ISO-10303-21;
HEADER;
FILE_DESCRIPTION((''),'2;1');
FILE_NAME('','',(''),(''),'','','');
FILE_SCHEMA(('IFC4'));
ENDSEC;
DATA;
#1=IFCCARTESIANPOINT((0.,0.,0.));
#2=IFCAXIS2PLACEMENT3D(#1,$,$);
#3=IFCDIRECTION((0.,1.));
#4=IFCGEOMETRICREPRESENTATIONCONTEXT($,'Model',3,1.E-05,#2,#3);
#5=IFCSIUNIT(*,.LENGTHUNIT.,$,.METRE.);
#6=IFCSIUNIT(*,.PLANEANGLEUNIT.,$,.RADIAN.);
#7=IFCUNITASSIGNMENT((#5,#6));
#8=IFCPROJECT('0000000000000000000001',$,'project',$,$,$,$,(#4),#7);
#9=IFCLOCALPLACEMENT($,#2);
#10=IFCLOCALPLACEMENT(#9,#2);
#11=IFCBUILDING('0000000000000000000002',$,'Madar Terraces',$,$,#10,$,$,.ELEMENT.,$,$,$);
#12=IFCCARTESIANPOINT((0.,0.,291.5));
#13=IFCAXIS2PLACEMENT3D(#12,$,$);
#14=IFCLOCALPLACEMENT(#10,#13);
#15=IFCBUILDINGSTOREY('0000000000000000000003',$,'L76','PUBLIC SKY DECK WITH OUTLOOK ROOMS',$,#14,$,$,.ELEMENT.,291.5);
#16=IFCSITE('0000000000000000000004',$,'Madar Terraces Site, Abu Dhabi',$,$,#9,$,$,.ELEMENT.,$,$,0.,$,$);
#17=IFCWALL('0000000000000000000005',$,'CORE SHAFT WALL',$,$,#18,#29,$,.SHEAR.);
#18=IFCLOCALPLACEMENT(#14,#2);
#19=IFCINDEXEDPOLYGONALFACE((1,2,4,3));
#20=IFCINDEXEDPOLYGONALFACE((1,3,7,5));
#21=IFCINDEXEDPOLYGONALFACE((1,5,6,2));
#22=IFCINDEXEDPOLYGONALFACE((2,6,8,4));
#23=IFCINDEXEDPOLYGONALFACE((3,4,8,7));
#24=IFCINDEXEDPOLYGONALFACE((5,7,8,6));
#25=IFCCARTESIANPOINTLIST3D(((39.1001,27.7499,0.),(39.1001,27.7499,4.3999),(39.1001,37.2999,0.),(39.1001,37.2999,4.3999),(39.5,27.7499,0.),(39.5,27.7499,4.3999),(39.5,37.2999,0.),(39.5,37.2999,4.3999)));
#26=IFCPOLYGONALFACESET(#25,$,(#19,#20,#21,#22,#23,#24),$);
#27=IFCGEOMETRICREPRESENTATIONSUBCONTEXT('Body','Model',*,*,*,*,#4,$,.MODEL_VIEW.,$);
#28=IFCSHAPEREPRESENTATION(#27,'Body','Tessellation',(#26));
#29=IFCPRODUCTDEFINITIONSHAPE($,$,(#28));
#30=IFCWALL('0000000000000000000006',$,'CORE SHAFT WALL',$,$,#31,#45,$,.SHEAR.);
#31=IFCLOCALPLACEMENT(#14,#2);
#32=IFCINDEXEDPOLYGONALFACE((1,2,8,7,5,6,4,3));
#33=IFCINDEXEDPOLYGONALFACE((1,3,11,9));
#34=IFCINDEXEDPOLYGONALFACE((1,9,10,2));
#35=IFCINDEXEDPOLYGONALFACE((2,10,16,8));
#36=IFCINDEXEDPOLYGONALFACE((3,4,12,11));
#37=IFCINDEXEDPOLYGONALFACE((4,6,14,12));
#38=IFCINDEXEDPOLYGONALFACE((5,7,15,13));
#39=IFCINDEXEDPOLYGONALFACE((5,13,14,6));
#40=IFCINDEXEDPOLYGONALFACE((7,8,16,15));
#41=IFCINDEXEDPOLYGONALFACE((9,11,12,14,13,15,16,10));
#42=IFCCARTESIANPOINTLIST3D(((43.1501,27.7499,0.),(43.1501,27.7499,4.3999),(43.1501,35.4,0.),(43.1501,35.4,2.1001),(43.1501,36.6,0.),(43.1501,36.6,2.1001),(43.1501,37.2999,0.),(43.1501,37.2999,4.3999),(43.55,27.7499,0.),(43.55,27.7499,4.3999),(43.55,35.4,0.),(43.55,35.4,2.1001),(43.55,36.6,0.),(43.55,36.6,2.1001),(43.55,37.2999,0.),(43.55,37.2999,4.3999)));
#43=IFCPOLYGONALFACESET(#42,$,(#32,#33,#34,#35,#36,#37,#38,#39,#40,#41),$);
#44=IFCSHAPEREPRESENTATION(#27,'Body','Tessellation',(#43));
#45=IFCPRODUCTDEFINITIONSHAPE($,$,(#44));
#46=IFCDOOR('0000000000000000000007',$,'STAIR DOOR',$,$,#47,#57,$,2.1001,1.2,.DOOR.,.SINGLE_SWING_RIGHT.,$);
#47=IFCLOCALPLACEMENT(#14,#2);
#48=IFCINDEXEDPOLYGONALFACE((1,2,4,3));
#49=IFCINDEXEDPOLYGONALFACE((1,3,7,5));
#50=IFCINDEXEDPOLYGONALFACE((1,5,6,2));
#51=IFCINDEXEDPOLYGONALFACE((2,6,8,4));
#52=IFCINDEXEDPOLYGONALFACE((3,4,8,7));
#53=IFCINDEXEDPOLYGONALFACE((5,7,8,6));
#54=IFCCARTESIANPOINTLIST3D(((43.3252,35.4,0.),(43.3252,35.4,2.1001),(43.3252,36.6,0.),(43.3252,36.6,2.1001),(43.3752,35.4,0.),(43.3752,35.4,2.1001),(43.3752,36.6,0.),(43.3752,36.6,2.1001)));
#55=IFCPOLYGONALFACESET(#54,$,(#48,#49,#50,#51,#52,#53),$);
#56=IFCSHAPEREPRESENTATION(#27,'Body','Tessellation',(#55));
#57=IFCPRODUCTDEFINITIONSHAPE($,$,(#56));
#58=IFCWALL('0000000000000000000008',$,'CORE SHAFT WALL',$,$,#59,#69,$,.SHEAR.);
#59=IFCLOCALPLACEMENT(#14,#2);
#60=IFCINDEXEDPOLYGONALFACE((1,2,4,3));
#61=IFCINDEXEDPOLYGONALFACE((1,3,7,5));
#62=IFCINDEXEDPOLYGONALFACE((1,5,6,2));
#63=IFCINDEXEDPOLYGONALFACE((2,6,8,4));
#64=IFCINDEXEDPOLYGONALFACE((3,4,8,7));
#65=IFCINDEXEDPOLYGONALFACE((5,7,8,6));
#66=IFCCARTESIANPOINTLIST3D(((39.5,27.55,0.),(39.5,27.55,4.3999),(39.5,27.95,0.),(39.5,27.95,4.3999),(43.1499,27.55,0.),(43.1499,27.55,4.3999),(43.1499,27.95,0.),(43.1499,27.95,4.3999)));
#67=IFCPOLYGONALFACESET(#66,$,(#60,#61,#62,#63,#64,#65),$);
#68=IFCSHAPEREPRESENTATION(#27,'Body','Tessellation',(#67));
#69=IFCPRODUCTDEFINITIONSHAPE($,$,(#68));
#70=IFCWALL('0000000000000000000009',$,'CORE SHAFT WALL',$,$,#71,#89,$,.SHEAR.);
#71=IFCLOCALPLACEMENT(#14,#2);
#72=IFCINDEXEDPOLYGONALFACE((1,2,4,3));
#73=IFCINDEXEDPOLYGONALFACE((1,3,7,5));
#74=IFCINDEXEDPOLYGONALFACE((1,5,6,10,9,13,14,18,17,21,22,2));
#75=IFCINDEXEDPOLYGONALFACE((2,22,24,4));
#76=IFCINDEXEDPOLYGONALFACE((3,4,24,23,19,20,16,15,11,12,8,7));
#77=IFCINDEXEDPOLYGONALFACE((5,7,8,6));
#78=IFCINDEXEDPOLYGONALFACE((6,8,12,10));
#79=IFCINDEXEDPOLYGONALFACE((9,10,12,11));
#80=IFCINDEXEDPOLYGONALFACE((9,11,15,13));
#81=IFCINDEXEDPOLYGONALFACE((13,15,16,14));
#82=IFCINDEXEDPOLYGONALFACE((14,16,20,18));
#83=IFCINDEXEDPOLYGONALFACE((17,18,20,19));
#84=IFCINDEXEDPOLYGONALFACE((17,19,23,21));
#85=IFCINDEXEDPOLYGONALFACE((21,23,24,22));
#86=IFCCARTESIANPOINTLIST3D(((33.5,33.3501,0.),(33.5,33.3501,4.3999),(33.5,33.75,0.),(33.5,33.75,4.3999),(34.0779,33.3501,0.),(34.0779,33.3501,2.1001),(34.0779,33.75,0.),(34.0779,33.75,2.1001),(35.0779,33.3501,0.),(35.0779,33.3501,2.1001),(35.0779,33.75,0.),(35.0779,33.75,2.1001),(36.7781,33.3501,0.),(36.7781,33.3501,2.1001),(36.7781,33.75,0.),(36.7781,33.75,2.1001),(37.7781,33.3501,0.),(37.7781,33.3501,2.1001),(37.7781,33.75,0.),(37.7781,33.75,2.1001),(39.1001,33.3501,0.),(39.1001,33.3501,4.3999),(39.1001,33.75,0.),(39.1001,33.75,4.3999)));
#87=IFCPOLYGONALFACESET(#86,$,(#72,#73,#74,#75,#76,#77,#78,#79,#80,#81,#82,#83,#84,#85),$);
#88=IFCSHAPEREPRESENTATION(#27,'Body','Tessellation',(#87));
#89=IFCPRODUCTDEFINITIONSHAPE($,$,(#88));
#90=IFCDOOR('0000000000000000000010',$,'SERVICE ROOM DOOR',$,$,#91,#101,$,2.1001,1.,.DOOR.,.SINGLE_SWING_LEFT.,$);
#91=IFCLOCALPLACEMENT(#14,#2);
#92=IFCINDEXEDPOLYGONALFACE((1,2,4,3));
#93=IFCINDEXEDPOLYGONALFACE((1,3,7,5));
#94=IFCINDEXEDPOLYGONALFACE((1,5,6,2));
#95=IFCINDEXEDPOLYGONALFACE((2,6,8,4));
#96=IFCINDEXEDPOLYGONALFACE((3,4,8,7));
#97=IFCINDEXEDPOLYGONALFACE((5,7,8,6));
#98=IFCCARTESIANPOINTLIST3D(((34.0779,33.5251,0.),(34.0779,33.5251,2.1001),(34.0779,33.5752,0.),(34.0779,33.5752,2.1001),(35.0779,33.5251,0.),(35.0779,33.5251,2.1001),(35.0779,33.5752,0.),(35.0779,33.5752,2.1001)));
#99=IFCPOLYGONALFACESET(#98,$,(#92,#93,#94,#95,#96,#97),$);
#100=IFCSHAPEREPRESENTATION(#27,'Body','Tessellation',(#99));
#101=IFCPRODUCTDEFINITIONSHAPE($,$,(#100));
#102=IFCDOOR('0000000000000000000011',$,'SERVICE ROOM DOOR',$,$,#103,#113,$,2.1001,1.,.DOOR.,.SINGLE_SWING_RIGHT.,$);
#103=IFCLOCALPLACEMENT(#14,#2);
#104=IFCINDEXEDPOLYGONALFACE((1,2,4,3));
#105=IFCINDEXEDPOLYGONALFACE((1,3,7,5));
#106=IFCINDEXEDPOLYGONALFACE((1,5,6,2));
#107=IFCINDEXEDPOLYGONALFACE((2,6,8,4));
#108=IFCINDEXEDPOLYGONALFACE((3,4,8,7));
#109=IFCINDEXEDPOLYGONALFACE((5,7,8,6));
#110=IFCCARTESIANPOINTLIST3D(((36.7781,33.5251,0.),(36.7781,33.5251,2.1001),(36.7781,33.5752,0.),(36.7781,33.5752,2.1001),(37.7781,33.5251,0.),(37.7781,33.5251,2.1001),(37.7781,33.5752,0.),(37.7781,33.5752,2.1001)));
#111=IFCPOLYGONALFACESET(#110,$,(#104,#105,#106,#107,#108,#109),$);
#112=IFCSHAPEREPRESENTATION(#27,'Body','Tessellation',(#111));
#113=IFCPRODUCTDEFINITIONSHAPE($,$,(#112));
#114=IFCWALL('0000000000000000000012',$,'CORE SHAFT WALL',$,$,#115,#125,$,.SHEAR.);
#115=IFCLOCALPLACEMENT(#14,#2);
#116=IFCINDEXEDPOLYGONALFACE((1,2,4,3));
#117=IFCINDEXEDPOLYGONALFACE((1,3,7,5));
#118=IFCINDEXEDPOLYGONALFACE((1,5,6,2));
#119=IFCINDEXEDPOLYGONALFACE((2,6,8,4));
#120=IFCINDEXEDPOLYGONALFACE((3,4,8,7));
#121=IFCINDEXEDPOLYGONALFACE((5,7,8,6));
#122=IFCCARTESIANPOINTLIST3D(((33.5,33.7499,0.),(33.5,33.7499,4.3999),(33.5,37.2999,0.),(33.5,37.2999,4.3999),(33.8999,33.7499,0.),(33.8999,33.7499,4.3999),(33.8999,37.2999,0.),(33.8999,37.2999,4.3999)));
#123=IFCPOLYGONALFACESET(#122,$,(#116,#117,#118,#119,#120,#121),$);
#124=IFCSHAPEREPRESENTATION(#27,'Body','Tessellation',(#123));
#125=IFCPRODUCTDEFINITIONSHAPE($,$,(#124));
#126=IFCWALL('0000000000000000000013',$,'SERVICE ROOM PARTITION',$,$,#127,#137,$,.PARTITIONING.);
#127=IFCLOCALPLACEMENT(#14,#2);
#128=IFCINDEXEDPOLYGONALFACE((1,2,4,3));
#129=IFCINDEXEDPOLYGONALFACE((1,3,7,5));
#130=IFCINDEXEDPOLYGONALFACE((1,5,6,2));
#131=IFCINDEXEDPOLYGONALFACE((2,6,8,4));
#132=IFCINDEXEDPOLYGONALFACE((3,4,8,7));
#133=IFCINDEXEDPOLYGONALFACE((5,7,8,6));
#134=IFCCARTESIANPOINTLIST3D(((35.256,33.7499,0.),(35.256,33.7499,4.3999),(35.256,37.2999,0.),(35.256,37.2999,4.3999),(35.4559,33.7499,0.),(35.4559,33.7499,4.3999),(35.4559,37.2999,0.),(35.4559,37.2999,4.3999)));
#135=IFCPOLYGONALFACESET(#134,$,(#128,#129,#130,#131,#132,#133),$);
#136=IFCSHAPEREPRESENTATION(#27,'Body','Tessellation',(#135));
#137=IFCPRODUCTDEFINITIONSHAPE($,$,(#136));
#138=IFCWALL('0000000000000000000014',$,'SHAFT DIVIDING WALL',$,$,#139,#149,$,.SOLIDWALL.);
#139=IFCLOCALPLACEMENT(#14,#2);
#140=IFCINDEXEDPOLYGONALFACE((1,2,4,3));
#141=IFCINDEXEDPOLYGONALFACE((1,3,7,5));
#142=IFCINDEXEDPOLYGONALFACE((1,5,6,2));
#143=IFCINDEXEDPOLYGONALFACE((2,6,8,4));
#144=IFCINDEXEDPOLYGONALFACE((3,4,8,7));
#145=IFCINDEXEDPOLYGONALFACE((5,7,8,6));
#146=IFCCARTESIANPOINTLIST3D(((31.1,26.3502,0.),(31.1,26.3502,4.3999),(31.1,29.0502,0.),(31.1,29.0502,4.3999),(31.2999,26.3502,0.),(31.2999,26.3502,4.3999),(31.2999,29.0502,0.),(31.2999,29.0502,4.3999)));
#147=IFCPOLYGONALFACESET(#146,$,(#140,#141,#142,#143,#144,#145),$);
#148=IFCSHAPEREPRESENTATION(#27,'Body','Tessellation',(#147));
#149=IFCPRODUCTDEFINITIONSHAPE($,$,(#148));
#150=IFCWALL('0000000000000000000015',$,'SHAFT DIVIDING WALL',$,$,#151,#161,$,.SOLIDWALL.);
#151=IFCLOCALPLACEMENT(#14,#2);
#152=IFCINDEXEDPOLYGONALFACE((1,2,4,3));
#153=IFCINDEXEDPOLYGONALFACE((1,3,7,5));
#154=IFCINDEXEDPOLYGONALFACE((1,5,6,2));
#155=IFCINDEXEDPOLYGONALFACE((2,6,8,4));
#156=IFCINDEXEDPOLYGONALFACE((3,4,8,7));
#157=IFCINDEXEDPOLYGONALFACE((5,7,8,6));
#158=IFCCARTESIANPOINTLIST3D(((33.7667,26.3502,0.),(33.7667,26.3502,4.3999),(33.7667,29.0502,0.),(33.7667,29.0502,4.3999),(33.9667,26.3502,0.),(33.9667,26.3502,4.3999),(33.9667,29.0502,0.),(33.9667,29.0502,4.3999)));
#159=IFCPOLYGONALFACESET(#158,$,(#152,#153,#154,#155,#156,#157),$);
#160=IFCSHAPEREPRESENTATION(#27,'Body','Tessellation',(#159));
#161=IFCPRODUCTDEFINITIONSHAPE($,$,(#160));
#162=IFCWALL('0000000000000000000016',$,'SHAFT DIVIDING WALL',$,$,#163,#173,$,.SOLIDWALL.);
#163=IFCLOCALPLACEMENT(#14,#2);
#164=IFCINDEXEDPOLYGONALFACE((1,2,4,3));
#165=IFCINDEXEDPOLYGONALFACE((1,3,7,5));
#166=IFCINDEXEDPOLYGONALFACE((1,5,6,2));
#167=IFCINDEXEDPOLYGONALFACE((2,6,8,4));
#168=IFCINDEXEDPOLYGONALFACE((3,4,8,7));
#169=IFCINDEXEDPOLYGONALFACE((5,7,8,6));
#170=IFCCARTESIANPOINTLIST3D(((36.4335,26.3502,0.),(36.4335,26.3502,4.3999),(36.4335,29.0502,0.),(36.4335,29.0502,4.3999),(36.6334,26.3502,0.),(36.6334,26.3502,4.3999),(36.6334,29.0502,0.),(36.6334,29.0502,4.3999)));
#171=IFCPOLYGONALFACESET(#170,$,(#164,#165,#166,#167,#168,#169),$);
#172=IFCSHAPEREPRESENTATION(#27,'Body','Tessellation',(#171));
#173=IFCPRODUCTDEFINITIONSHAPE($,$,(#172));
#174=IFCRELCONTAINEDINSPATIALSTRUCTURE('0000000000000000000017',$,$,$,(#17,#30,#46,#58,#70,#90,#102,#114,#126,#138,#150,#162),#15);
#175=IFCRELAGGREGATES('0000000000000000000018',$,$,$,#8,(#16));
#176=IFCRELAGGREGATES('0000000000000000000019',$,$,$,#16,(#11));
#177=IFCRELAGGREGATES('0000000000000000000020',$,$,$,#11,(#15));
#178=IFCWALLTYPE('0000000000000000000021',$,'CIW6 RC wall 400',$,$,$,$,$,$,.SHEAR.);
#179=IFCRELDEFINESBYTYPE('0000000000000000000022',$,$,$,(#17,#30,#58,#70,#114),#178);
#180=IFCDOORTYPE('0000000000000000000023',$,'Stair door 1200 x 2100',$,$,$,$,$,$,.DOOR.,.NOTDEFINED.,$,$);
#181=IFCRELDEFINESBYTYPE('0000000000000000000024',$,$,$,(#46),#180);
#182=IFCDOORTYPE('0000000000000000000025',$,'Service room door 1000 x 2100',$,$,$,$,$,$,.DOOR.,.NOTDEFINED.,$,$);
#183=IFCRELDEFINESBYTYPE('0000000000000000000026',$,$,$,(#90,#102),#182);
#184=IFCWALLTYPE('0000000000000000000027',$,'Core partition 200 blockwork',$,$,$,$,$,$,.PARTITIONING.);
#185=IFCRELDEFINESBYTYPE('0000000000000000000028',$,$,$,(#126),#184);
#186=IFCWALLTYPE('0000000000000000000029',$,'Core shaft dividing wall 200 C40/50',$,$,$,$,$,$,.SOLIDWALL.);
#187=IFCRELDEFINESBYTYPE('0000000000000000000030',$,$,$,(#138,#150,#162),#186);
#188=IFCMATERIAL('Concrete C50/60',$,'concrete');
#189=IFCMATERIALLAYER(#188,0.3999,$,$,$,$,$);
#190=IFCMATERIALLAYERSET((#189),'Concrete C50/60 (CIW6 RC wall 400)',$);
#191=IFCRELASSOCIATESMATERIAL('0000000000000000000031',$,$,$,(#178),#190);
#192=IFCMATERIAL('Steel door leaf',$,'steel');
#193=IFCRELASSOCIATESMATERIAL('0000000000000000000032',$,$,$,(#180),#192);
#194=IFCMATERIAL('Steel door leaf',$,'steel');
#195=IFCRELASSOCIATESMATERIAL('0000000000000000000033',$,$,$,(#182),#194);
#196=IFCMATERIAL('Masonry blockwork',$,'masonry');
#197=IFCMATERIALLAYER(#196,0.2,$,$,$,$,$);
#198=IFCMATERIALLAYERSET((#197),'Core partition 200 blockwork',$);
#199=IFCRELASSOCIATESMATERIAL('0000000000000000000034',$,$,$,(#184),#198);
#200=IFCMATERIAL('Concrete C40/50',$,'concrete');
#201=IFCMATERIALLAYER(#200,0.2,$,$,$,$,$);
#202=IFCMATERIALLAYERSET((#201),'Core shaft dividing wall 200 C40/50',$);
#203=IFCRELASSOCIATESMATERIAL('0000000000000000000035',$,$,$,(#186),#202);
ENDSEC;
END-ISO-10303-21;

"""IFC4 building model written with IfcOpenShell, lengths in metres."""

from ifc_helpers import new_model, si_unit, direction, frame, frame_2d, origin, place, context, subcontext, project, spatial, rectangle, extrude, material, layer, layer_set, type_object, element, fill, save


model = new_model("IFC4")

# Units and contexts
model_context = context("Model", 3, precision=1e-05, world=origin(), true_north=direction((0.0, 1.0)))
body_context = subcontext(model_context, "Body", "Model", "MODEL_VIEW")
ifc_project = project(units=[si_unit("LENGTHUNIT", "METRE"), si_unit("PLANEANGLEUNIT", "RADIAN")], contexts=[model_context])

# Site, building, storey
site_placement = place(None, origin())
site = spatial("IfcSite", under=ifc_project, at=site_placement, Name="Madar Terraces Site, Abu Dhabi", CompositionType="ELEMENT", RefElevation=0.0)
building_placement = place(site_placement, origin())
building = spatial("IfcBuilding", under=site, at=building_placement, Name="Madar Terraces", CompositionType="ELEMENT")
storey_placement = place(building_placement, frame((0.0, 0.0, 291.5)))
storey = spatial("IfcBuildingStorey", under=building, at=storey_placement, Name="L76", Description="PUBLIC SKY DECK WITH OUTLOOK ROOMS", CompositionType="ELEMENT", Elevation=291.5)

# Wall
ifc_material_1 = material(Name="Concrete C50/60", Category="concrete")
ifc_layer_1 = layer(ifc_material_1, 0.3999)
ifc_layer_set_1 = layer_set([ifc_layer_1], Name="Concrete C50/60 (CIW6 RC wall 400)")
wall_type_1 = type_object("IfcWallType", Name="CIW6 RC wall 400", PredefinedType="SHEAR", material=ifc_layer_set_1)
wall_1_placement = place(storey_placement, frame((39.3, 27.75, 0.0), z_axis=(0.0, 0.0, 1.0), x_axis=(0.0, 1.0, 0.0)))
element("IfcWall", 1, at=wall_1_placement, inside=storey, type_object=wall_type_1, Name="CORE SHAFT WALL", PredefinedType="SHEAR", context=body_context, shape_type="SweptSolid", body=[
    extrude(rectangle(XDim=9.55, YDim=0.3999, at=frame_2d((4.7749, 0.0))), origin(), (0.0, 0.0, 1.0), 4.3999),
])

# Wall, opening, door
wall_2_placement = place(storey_placement, frame((43.3501, 27.75, 0.0), z_axis=(0.0, 0.0, 1.0), x_axis=(0.0, 1.0, 0.0)))
wall_2 = element("IfcWall", 2, at=wall_2_placement, inside=storey, type_object=wall_type_1, Name="CORE SHAFT WALL", PredefinedType="SHEAR", context=body_context, shape_type="SweptSolid", body=[
    extrude(rectangle(XDim=9.55, YDim=0.3999, at=frame_2d((4.7749, 0.0))), origin(), (0.0, 0.0, 1.0), 4.3999),
])
opening_1_placement = place(wall_2_placement, frame((7.6499, 0.0, 0.0)))
opening_1 = element("IfcOpeningElement", 3, at=opening_1_placement, cuts=wall_2, PredefinedType="OPENING", context=body_context, shape_type="SweptSolid", body=[
    extrude(rectangle(XDim=1.2, YDim=2.1001, at=frame_2d((0.6001, 1.05))), frame((0.0, 0.21, 0.0), z_axis=(0.0, -1.0, 0.0), x_axis=(1.0, 0.0, 0.0)), (0.0, 0.0, 1.0), 0.4199),
])
ifc_material_2 = material(Name="Steel door leaf", Category="steel")
door_type_1 = type_object("IfcDoorType", Name="Stair door 1200 x 2100", OperationType="NOTDEFINED", PredefinedType="DOOR", material=ifc_material_2)
door_1_placement = place(opening_1_placement, origin())
door_1 = element("IfcDoor", 4, at=door_1_placement, inside=storey, type_object=door_type_1, Name="STAIR DOOR", OperationType="SINGLE_SWING_RIGHT", OverallHeight=2.1001, OverallWidth=1.2, PredefinedType="DOOR", context=body_context, shape_type="SweptSolid", body=[
    extrude(rectangle(XDim=1.2, YDim=2.1001, at=frame_2d((0.6001, 1.05))), frame((0.0, 0.0249, 0.0), z_axis=(0.0, -1.0, 0.0), x_axis=(1.0, 0.0, 0.0)), (0.0, 0.0, 1.0), 0.05),
])
fill(opening_1, door_1)

# Wall
wall_3_placement = place(storey_placement, frame((39.5, 27.75, 0.0), z_axis=(0.0, 0.0, 1.0), x_axis=(1.0, 0.0, 0.0)))
element("IfcWall", 5, at=wall_3_placement, inside=storey, type_object=wall_type_1, Name="CORE SHAFT WALL", PredefinedType="SHEAR", context=body_context, shape_type="SweptSolid", body=[
    extrude(rectangle(XDim=3.6499, YDim=0.3999, at=frame_2d((1.825, 0.0))), origin(), (0.0, 0.0, 1.0), 4.3999),
])

# Wall, openings, doors
wall_4_placement = place(storey_placement, frame((33.5, 33.55, 0.0), z_axis=(0.0, 0.0, 1.0), x_axis=(1.0, 0.0, 0.0)))
wall_4 = element("IfcWall", 6, at=wall_4_placement, inside=storey, type_object=wall_type_1, Name="CORE SHAFT WALL", PredefinedType="SHEAR", context=body_context, shape_type="SweptSolid", body=[
    extrude(rectangle(XDim=5.6001, YDim=0.3999, at=frame_2d((2.8, 0.0))), origin(), (0.0, 0.0, 1.0), 4.3999),
])
opening_2_placement = place(wall_4_placement, frame((0.5779, 0.0, 0.0)))
opening_2 = element("IfcOpeningElement", 7, at=opening_2_placement, cuts=wall_4, PredefinedType="OPENING", context=body_context, shape_type="SweptSolid", body=[
    extrude(rectangle(XDim=1.0, YDim=2.1001, at=frame_2d((0.5, 1.05))), frame((0.0, 0.21, 0.0), z_axis=(0.0, -1.0, 0.0), x_axis=(1.0, 0.0, 0.0)), (0.0, 0.0, 1.0), 0.4199),
])
opening_3_placement = place(wall_4_placement, frame((3.2781, 0.0, 0.0)))
opening_3 = element("IfcOpeningElement", 8, at=opening_3_placement, cuts=wall_4, PredefinedType="OPENING", context=body_context, shape_type="SweptSolid", body=[
    extrude(rectangle(XDim=1.0, YDim=2.1001, at=frame_2d((0.5, 1.05))), frame((0.0, 0.21, 0.0), z_axis=(0.0, -1.0, 0.0), x_axis=(1.0, 0.0, 0.0)), (0.0, 0.0, 1.0), 0.4199),
])
ifc_material_3 = material(Name="Steel door leaf", Category="steel")
door_type_2 = type_object("IfcDoorType", Name="Service room door 1000 x 2100", OperationType="NOTDEFINED", PredefinedType="DOOR", material=ifc_material_3)
door_2_placement = place(opening_2_placement, frame((1.0, 0.0, 0.0), z_axis=(0.0, 0.0, 1.0), x_axis=(-1.0, 0.0, 0.0)))
door_2 = element("IfcDoor", 9, at=door_2_placement, inside=storey, type_object=door_type_2, Name="SERVICE ROOM DOOR", OperationType="SINGLE_SWING_LEFT", OverallHeight=2.1001, OverallWidth=1.0, PredefinedType="DOOR", context=body_context, shape_type="SweptSolid", body=[
    extrude(rectangle(XDim=1.0, YDim=2.1001, at=frame_2d((0.5, 1.05))), frame((0.0, 0.0249, 0.0), z_axis=(0.0, -1.0, 0.0), x_axis=(1.0, 0.0, 0.0)), (0.0, 0.0, 1.0), 0.05),
])
fill(opening_2, door_2)
door_3_placement = place(opening_3_placement, frame((1.0, 0.0, 0.0), z_axis=(0.0, 0.0, 1.0), x_axis=(-1.0, 0.0, 0.0)))
door_3 = element("IfcDoor", 10, at=door_3_placement, inside=storey, type_object=door_type_2, Name="SERVICE ROOM DOOR", OperationType="SINGLE_SWING_RIGHT", OverallHeight=2.1001, OverallWidth=1.0, PredefinedType="DOOR", context=body_context, shape_type="SweptSolid", body=[
    extrude(rectangle(XDim=1.0, YDim=2.1001, at=frame_2d((0.5, 1.05))), frame((0.0, 0.0249, 0.0), z_axis=(0.0, -1.0, 0.0), x_axis=(1.0, 0.0, 0.0)), (0.0, 0.0, 1.0), 0.05),
])
fill(opening_3, door_3)

# Walls
wall_5_placement = place(storey_placement, frame((33.7, 33.75, 0.0), z_axis=(0.0, 0.0, 1.0), x_axis=(0.0, 1.0, 0.0)))
element("IfcWall", 11, at=wall_5_placement, inside=storey, type_object=wall_type_1, Name="CORE SHAFT WALL", PredefinedType="SHEAR", context=body_context, shape_type="SweptSolid", body=[
    extrude(rectangle(XDim=3.55, YDim=0.3999, at=frame_2d((1.7749, 0.0))), origin(), (0.0, 0.0, 1.0), 4.3999),
])
ifc_material_4 = material(Name="Masonry blockwork", Category="masonry")
ifc_layer_2 = layer(ifc_material_4, 0.2)
ifc_layer_set_2 = layer_set([ifc_layer_2], Name="Core partition 200 blockwork")
wall_type_2 = type_object("IfcWallType", Name="Core partition 200 blockwork", PredefinedType="PARTITIONING", material=ifc_layer_set_2)
wall_6_placement = place(storey_placement, frame((35.356, 33.75, 0.0), z_axis=(0.0, 0.0, 1.0), x_axis=(0.0, 1.0, 0.0)))
element("IfcWall", 12, at=wall_6_placement, inside=storey, type_object=wall_type_2, Name="SERVICE ROOM PARTITION", PredefinedType="PARTITIONING", context=body_context, shape_type="SweptSolid", body=[
    extrude(rectangle(XDim=3.55, YDim=0.2, at=frame_2d((1.7749, 0.0))), origin(), (0.0, 0.0, 1.0), 4.3999),
])
ifc_material_5 = material(Name="Concrete C40/50", Category="concrete")
ifc_layer_3 = layer(ifc_material_5, 0.2)
ifc_layer_set_3 = layer_set([ifc_layer_3], Name="Core shaft dividing wall 200 C40/50")
wall_type_3 = type_object("IfcWallType", Name="Core shaft dividing wall 200 C40/50", PredefinedType="SOLIDWALL", material=ifc_layer_set_3)
for number, where, z_axis, x_axis, name in (
    (13, (31.2, 26.3501, 0.0), (0.0, 0.0, 1.0), (0.0, 1.0, 0.0), "SHAFT DIVIDING WALL"),
    (14, (33.8667, 26.3501, 0.0), (0.0, 0.0, 1.0), (0.0, 1.0, 0.0), "SHAFT DIVIDING WALL"),
    (15, (36.5334, 26.3501, 0.0), (0.0, 0.0, 1.0), (0.0, 1.0, 0.0), "SHAFT DIVIDING WALL"),
):
    element("IfcWall", number, at=place(storey_placement, frame(where, z_axis=z_axis, x_axis=x_axis)), inside=storey, type_object=wall_type_3, Name=name, PredefinedType="SOLIDWALL", context=body_context, shape_type="SweptSolid", body=[
        extrude(rectangle(XDim=2.7, YDim=0.2, at=frame_2d((1.3501, 0.0))), origin(), (0.0, 0.0, 1.0), 4.3999),
    ])

save(model, "model.ifc")
